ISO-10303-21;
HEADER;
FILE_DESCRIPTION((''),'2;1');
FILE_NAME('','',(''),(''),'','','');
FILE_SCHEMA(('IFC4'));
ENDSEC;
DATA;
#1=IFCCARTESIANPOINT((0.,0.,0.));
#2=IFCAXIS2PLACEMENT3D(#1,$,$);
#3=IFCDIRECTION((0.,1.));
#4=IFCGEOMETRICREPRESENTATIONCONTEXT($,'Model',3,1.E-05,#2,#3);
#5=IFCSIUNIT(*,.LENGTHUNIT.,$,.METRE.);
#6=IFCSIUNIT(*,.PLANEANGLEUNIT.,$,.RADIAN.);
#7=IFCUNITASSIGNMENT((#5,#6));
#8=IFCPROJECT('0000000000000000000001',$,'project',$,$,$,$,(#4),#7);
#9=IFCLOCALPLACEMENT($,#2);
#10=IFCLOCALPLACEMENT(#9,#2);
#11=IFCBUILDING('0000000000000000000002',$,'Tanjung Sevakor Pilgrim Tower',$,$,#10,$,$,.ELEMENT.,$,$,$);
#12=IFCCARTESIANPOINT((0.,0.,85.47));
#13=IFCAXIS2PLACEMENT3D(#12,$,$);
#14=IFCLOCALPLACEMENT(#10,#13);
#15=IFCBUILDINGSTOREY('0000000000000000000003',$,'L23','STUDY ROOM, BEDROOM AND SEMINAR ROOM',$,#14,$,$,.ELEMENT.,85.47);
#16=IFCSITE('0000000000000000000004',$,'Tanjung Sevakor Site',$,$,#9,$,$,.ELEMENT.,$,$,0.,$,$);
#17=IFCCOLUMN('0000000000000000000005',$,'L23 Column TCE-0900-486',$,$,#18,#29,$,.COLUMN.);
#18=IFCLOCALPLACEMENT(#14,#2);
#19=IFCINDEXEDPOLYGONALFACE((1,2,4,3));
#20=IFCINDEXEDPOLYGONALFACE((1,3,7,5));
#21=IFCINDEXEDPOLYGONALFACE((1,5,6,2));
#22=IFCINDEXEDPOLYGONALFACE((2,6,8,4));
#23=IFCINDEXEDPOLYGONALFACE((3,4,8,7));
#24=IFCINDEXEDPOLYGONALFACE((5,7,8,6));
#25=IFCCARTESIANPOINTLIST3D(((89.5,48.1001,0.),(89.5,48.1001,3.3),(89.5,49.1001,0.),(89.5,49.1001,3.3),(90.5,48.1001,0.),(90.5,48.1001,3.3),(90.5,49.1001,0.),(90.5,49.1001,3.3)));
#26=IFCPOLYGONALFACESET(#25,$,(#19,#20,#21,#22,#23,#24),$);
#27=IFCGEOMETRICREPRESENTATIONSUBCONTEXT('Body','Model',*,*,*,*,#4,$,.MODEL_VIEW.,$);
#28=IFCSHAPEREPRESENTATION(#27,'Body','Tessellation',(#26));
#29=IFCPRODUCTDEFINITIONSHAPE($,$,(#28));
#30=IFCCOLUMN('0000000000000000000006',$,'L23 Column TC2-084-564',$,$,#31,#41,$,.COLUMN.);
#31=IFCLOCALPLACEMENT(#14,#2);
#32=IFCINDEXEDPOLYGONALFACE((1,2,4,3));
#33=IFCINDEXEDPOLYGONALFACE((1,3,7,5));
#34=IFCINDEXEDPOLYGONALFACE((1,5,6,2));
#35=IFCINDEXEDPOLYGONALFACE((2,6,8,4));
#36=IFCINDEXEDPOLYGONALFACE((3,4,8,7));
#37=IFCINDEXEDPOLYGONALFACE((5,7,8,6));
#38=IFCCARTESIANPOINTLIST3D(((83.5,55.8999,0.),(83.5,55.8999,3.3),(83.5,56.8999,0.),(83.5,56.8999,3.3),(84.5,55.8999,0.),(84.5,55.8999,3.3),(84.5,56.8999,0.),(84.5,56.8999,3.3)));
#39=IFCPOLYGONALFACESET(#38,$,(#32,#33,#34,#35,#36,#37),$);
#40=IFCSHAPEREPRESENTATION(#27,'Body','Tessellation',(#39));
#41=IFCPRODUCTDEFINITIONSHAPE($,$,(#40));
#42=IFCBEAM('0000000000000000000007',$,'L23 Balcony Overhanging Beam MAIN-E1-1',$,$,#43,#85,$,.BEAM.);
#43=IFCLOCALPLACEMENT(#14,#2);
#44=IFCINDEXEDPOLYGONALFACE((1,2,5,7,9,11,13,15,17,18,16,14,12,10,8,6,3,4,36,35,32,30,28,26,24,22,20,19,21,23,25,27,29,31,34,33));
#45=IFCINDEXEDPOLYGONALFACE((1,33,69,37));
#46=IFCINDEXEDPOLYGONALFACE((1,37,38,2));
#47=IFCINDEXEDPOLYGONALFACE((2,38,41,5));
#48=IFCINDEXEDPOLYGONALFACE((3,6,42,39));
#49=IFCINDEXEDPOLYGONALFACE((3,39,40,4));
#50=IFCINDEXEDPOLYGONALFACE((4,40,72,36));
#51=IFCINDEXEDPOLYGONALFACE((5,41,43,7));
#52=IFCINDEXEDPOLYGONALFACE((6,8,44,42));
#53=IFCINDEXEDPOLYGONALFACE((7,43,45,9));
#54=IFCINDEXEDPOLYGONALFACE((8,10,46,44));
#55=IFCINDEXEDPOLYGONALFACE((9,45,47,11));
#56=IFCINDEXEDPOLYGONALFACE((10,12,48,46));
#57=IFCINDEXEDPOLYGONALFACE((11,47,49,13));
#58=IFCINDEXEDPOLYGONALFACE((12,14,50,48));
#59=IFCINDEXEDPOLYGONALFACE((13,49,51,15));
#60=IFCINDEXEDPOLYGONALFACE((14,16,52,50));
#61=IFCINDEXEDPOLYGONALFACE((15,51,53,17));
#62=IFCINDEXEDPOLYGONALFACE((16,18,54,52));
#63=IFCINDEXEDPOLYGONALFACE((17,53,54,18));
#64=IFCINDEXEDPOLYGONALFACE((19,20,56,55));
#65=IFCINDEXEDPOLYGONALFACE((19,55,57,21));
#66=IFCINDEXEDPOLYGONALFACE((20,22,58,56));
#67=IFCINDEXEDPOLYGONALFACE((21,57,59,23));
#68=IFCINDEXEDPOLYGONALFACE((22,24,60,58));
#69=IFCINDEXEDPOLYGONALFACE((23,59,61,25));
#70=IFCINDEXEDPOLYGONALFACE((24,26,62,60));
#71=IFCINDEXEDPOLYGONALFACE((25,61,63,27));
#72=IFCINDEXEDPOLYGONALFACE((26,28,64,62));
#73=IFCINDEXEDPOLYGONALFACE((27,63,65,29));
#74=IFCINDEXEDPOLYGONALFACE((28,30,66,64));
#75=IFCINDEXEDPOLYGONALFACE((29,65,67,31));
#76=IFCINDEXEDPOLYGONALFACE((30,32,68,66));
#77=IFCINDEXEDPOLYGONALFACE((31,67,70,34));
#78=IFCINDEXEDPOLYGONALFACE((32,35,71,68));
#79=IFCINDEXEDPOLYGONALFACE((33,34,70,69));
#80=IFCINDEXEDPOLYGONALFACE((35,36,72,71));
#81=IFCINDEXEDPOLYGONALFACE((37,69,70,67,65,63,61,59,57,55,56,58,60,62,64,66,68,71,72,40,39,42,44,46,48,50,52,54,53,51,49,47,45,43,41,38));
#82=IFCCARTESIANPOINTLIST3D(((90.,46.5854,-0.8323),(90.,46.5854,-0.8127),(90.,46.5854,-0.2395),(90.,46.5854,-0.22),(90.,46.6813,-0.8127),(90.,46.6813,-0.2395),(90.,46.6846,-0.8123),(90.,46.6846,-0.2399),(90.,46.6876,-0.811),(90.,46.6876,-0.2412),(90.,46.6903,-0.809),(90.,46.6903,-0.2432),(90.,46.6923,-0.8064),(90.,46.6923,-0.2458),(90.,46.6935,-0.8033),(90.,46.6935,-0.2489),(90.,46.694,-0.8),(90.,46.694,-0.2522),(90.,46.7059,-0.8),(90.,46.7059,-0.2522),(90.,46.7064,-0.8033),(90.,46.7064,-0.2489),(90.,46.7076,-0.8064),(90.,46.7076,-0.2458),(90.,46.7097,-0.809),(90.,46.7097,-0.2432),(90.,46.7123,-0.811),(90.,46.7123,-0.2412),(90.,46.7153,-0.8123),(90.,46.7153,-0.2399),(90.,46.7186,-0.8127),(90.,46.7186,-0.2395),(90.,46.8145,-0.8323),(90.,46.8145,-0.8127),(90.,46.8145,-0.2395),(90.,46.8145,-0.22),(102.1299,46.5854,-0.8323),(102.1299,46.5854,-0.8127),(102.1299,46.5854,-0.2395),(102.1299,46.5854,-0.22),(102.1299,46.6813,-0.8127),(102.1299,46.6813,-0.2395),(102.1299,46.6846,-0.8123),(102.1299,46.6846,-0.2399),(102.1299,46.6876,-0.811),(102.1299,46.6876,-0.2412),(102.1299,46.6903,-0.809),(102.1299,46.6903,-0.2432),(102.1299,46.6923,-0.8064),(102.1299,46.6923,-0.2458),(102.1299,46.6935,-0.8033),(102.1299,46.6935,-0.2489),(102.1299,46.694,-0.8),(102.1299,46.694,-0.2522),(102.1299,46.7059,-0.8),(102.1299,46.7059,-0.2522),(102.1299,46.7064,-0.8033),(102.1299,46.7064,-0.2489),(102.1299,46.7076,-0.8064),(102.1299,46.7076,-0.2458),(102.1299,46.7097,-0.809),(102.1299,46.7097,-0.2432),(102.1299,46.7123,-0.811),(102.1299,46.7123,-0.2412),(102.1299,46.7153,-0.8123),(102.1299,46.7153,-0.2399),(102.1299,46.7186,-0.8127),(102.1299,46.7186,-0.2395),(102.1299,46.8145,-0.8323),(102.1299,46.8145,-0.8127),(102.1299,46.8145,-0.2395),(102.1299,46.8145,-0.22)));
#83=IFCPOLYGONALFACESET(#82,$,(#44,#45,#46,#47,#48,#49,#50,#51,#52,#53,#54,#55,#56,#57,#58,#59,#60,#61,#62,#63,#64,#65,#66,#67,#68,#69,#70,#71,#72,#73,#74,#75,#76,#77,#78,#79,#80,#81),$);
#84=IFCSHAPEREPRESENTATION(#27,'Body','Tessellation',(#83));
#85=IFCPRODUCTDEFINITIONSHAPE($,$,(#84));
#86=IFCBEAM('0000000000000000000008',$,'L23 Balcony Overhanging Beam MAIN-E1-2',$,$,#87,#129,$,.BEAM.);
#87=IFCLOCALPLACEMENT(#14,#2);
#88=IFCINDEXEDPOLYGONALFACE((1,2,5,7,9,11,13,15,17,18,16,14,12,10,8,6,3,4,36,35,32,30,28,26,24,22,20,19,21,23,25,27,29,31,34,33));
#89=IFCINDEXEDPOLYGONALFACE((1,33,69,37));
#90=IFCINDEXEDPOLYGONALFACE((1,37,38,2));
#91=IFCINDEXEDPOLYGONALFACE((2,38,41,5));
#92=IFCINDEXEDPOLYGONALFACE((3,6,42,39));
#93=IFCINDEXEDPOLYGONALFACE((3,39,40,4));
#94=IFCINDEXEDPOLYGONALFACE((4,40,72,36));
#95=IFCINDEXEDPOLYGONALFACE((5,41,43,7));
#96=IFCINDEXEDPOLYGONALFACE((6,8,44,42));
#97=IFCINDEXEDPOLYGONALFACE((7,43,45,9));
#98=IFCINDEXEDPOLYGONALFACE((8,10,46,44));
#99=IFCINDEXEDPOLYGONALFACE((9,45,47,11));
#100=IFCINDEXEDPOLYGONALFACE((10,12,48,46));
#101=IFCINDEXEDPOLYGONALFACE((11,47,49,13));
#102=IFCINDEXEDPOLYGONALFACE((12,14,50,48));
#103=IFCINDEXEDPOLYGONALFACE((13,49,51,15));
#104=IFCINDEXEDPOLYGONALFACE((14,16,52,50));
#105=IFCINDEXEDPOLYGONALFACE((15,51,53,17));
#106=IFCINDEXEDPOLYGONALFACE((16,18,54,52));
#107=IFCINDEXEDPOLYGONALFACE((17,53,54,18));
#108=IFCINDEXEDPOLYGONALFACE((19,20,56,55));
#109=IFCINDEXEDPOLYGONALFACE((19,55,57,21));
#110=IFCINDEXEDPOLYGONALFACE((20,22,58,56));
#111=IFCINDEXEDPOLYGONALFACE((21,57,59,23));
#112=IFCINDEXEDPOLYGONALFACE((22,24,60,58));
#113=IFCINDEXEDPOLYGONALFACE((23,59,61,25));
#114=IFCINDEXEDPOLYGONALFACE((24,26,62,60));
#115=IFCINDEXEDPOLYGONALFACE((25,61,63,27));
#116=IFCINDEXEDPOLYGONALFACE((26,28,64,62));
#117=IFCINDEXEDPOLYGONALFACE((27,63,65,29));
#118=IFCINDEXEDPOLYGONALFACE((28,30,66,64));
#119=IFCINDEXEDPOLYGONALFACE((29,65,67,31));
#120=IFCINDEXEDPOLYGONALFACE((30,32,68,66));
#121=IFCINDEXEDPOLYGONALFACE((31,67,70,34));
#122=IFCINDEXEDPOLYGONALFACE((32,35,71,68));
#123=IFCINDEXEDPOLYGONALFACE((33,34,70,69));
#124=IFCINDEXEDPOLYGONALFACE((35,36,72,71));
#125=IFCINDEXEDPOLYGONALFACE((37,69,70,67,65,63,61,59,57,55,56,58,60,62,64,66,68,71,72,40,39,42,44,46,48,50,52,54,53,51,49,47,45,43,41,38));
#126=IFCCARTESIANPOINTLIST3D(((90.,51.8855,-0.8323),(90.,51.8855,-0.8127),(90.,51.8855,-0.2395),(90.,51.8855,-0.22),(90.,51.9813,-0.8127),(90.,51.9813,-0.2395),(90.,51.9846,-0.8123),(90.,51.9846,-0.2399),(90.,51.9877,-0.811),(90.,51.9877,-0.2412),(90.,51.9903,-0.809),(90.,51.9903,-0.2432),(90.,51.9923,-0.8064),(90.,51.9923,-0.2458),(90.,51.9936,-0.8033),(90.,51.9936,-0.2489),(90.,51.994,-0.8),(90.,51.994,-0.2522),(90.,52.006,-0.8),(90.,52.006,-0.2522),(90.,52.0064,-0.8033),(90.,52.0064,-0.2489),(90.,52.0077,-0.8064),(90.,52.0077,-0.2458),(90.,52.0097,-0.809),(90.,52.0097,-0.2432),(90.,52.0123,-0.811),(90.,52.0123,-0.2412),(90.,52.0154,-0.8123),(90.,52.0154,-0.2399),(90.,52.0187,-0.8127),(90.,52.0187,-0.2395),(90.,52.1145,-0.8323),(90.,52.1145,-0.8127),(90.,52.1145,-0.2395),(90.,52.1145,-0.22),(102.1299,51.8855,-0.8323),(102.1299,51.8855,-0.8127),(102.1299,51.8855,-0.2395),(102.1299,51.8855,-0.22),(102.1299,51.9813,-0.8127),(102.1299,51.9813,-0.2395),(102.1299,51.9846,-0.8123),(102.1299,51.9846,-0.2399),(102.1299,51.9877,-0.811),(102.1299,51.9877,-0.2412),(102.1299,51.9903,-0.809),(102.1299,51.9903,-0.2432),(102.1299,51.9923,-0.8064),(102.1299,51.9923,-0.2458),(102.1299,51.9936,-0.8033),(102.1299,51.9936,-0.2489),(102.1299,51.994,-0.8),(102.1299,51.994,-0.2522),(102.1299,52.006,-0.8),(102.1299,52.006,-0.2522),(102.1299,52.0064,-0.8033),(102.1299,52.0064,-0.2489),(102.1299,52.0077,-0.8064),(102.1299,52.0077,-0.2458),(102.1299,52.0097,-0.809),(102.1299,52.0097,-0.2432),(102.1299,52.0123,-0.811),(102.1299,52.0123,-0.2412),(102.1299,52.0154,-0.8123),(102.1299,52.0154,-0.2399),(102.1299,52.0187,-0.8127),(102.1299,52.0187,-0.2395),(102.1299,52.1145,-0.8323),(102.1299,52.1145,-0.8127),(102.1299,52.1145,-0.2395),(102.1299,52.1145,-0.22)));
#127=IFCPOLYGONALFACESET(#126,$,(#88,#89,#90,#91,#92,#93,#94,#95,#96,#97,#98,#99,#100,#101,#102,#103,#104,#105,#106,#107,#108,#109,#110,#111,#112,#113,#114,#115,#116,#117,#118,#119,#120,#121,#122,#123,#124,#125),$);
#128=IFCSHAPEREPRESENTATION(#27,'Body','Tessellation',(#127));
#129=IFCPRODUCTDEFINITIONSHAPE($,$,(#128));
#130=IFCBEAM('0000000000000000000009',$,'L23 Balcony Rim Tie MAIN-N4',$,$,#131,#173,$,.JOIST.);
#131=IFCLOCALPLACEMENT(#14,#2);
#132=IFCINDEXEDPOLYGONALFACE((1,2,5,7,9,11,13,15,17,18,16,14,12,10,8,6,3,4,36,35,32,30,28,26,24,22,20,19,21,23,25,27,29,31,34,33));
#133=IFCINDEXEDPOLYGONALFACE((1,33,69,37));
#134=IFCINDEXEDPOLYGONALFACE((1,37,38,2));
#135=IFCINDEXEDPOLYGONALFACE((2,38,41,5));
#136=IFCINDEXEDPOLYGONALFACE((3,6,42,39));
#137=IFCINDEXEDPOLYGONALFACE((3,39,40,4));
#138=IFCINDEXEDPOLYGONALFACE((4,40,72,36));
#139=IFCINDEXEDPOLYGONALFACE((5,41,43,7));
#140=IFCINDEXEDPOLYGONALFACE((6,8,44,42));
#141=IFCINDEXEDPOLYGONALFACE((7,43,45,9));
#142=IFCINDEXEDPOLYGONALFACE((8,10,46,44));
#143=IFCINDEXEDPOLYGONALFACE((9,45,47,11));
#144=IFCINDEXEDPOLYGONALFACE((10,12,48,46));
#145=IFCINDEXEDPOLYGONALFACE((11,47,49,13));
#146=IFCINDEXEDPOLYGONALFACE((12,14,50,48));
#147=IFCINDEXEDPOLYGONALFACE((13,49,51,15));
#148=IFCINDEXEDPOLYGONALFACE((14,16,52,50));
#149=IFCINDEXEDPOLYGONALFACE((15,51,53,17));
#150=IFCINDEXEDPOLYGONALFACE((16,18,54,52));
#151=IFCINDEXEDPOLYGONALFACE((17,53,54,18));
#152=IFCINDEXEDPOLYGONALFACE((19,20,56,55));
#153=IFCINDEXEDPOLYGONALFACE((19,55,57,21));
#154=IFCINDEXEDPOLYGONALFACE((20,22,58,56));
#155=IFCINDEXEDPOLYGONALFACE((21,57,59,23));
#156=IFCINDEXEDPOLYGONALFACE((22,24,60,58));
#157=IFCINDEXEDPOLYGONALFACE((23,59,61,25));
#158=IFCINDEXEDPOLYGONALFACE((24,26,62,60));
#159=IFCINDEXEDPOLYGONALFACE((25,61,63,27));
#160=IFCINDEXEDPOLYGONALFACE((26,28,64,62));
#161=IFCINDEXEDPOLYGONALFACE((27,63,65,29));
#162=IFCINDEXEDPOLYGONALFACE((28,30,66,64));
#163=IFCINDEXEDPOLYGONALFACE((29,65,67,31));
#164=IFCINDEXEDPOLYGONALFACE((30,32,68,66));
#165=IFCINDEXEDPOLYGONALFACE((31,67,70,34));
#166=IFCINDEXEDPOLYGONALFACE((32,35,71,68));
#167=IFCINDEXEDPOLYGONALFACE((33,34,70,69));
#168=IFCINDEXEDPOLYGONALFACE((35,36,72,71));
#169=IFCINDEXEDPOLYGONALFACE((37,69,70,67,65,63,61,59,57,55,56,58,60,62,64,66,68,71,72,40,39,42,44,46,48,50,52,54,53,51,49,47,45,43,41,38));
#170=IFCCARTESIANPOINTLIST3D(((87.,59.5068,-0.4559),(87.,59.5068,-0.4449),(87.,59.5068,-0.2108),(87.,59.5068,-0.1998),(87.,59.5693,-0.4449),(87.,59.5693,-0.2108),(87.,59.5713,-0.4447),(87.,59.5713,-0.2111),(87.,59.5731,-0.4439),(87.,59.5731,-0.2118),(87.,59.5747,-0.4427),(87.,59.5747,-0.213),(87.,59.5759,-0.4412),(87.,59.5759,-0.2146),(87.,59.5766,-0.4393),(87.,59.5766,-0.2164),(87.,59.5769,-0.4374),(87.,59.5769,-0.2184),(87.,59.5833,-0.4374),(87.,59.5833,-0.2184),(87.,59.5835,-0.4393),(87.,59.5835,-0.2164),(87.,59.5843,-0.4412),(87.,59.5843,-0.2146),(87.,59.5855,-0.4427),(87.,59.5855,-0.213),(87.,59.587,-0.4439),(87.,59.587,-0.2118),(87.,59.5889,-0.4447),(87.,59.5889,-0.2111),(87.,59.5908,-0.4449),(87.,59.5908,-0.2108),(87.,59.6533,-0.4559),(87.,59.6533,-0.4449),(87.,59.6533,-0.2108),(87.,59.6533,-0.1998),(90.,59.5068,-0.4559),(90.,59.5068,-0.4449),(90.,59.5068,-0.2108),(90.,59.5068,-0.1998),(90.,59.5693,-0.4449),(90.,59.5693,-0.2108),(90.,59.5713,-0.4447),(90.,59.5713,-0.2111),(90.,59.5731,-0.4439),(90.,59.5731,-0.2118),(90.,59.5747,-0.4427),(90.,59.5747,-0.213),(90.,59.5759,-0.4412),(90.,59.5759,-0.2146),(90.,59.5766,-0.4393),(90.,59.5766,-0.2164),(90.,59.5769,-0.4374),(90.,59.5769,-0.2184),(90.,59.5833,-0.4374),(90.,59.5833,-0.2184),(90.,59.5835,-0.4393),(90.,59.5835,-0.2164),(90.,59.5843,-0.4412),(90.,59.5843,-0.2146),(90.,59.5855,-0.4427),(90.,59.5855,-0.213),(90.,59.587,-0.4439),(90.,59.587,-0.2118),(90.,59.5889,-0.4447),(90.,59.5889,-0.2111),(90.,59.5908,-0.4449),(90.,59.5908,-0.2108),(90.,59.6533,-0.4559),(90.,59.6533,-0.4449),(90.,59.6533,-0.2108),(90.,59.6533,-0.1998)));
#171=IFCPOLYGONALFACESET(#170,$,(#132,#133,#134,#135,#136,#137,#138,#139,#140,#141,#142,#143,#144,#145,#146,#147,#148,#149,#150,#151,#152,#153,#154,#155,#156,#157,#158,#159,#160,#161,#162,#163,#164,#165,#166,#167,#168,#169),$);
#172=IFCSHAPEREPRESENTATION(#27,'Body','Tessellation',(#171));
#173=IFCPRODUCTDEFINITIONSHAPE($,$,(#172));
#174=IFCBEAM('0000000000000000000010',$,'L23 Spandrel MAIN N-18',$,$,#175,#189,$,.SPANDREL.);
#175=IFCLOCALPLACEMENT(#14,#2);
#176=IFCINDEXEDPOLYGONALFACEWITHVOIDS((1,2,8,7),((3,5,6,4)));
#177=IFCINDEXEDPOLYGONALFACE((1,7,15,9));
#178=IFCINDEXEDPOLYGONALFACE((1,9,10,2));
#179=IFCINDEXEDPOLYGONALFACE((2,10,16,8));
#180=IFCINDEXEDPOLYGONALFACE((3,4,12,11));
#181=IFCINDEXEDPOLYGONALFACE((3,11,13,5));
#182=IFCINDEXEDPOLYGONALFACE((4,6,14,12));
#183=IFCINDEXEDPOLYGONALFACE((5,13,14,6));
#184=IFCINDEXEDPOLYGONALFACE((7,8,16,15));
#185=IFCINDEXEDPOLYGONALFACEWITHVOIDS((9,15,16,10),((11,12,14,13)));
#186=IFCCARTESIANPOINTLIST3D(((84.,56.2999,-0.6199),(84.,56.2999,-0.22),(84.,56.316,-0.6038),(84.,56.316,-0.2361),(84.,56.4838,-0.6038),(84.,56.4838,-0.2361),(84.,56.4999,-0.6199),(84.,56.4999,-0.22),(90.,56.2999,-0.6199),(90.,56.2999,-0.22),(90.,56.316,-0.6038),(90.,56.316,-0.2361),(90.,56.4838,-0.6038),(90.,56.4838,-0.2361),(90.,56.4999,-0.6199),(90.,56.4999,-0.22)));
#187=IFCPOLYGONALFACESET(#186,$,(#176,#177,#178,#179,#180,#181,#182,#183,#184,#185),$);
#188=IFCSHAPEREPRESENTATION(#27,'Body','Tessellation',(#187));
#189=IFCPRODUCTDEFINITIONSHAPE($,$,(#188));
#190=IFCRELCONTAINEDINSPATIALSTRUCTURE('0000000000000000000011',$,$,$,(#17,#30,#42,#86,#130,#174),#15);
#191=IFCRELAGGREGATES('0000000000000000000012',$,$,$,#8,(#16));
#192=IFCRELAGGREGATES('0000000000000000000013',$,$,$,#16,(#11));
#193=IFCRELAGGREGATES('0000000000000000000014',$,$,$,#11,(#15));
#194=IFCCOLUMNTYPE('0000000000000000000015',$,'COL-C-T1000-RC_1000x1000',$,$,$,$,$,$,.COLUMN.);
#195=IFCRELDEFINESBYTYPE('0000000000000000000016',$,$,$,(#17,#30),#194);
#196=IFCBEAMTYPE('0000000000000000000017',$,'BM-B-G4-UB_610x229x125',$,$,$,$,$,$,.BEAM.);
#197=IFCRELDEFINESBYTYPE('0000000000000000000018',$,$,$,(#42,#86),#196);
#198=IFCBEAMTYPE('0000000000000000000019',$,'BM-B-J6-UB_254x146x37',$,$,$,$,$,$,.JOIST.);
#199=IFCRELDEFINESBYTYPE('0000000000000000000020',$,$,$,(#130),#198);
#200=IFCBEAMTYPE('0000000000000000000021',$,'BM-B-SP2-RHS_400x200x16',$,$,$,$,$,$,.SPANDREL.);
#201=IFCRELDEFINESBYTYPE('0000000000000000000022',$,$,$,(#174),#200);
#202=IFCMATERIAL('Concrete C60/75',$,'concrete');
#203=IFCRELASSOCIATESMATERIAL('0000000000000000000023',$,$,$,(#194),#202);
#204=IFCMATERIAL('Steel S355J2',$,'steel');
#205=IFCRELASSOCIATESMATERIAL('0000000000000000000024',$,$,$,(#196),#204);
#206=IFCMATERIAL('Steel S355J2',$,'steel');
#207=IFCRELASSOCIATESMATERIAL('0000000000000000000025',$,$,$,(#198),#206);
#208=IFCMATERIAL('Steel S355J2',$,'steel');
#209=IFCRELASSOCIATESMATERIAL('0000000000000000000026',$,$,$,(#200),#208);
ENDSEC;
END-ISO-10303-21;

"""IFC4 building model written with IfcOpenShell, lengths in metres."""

from ifc_helpers import new_model, si_unit, direction, frame, origin, origin_2d, place, context, subcontext, project, spatial, rectangle, hollow_rectangle, i_section, extrude, material, material_profile, profile_set, type_object, element, save


model = new_model("IFC4")

# Units and contexts
model_context = context("Model", 3, precision=1e-05, world=origin(), true_north=direction((0.0, 1.0)))
body_context = subcontext(model_context, "Body", "Model", "MODEL_VIEW")
ifc_project = project(units=[si_unit("LENGTHUNIT", "METRE"), si_unit("PLANEANGLEUNIT", "RADIAN")], contexts=[model_context])

# Site, building, storey
site_placement = place(None, origin())
site = spatial("IfcSite", under=ifc_project, at=site_placement, Name="Tanjung Sevakor Site", CompositionType="ELEMENT", RefElevation=0.0)
building_placement = place(site_placement, origin())
building = spatial("IfcBuilding", under=site, at=building_placement, Name="Tanjung Sevakor Pilgrim Tower", CompositionType="ELEMENT")
storey_placement = place(building_placement, frame((0.0, 0.0, 85.47)))
storey = spatial("IfcBuildingStorey", under=building, at=storey_placement, Name="L23", Description="STUDY ROOM, BEDROOM AND SEMINAR ROOM", CompositionType="ELEMENT", Elevation=85.47)

# Columns
ifc_material_1 = material(Name="Concrete C60/75", Category="concrete")
ifc_material_profile_1 = material_profile(ifc_material_1, rectangle(XDim=1.0, YDim=1.0, at=origin_2d()))
ifc_profile_set_1 = profile_set([ifc_material_profile_1], Name="Concrete C60/75")
column_type = type_object("IfcColumnType", Name="COL-C-T1000-RC_1000x1000", PredefinedType="COLUMN", material=ifc_profile_set_1)
for number, where, z_axis, x_axis, name in (
    (1, (90.0, 48.6001, 0.0), (0.0, 0.0, 1.0), (1.0, 0.0, 0.0), "L23 Column TCE-0900-486"),
    (2, (84.0, 56.3999, 0.0), (0.0, 0.0, 1.0), (1.0, 0.0, 0.0), "L23 Column TC2-084-564"),
):
    element("IfcColumn", number, at=place(storey_placement, frame(where, z_axis=z_axis, x_axis=x_axis)), inside=storey, type_object=column_type, Name=name, PredefinedType="COLUMN", context=body_context, shape_type="SweptSolid", body=[
        extrude(rectangle(XDim=1.0, YDim=1.0, at=origin_2d()), origin(), (0.0, 0.0, 1.0), 3.3),
    ])

# Beams
ifc_material_2 = material(Name="Steel S355J2", Category="steel")
ifc_material_profile_2 = material_profile(ifc_material_2, i_section(OverallWidth=0.229, OverallDepth=0.6123, WebThickness=0.012, FlangeThickness=0.0195, FilletRadius=0.0127, at=origin_2d()))
ifc_profile_set_2 = profile_set([ifc_material_profile_2], Name="Steel S355J2")
beam_type_1 = type_object("IfcBeamType", Name="BM-B-G4-UB_610x229x125", PredefinedType="BEAM", material=ifc_profile_set_2)
for number, where, z_axis, x_axis, name in (
    (3, (90.0, 46.7, -0.5261), (1.0, 0.0, 0.0), (0.0, 1.0, 0.0), "L23 Balcony Overhanging Beam MAIN-E1-1"),
    (4, (90.0, 52.0, -0.5261), (1.0, 0.0, 0.0), (0.0, 1.0, 0.0), "L23 Balcony Overhanging Beam MAIN-E1-2"),
):
    element("IfcBeam", number, at=place(storey_placement, frame(where, z_axis=z_axis, x_axis=x_axis)), inside=storey, type_object=beam_type_1, Name=name, PredefinedType="BEAM", context=body_context, shape_type="SweptSolid", body=[
        extrude(i_section(OverallWidth=0.229, OverallDepth=0.6123, WebThickness=0.012, FlangeThickness=0.0195, FilletRadius=0.0127, at=origin_2d()), origin(), (0.0, 0.0, 1.0), 12.1299),
    ])
ifc_material_3 = material(Name="Steel S355J2", Category="steel")
ifc_material_profile_3 = material_profile(ifc_material_3, i_section(OverallWidth=0.1465, OverallDepth=0.2561, WebThickness=0.0063, FlangeThickness=0.011, FilletRadius=0.0076, at=origin_2d()))
ifc_profile_set_3 = profile_set([ifc_material_profile_3], Name="Steel S355J2")
beam_type_2 = type_object("IfcBeamType", Name="BM-B-J6-UB_254x146x37", PredefinedType="JOIST", material=ifc_profile_set_3)
beam_1_placement = place(storey_placement, frame((87.0, 59.5801, -0.3279), z_axis=(1.0, 0.0, 0.0), x_axis=(0.0, 1.0, 0.0)))
element("IfcBeam", 5, at=beam_1_placement, inside=storey, type_object=beam_type_2, Name="L23 Balcony Rim Tie MAIN-N4", PredefinedType="JOIST", context=body_context, shape_type="SweptSolid", body=[
    extrude(i_section(OverallWidth=0.1465, OverallDepth=0.2561, WebThickness=0.0063, FlangeThickness=0.011, FilletRadius=0.0076, at=origin_2d()), origin(), (0.0, 0.0, 1.0), 3.0),
])
ifc_material_4 = material(Name="Steel S355J2", Category="steel")
ifc_material_profile_4 = material_profile(ifc_material_4, hollow_rectangle(XDim=0.2, YDim=0.3999, WallThickness=0.0161, at=origin_2d()))
ifc_profile_set_4 = profile_set([ifc_material_profile_4], Name="Steel S355J2")
beam_type_3 = type_object("IfcBeamType", Name="BM-B-SP2-RHS_400x200x16", PredefinedType="SPANDREL", material=ifc_profile_set_4)
beam_2_placement = place(storey_placement, frame((84.0, 56.3999, -0.4199), z_axis=(1.0, 0.0, 0.0), x_axis=(0.0, 1.0, 0.0)))
element("IfcBeam", 6, at=beam_2_placement, inside=storey, type_object=beam_type_3, Name="L23 Spandrel MAIN N-18", PredefinedType="SPANDREL", context=body_context, shape_type="SweptSolid", body=[
    extrude(hollow_rectangle(XDim=0.2, YDim=0.3999, WallThickness=0.0161, at=origin_2d()), origin(), (0.0, 0.0, 1.0), 6.0),
])

save(model, "model.ifc")
